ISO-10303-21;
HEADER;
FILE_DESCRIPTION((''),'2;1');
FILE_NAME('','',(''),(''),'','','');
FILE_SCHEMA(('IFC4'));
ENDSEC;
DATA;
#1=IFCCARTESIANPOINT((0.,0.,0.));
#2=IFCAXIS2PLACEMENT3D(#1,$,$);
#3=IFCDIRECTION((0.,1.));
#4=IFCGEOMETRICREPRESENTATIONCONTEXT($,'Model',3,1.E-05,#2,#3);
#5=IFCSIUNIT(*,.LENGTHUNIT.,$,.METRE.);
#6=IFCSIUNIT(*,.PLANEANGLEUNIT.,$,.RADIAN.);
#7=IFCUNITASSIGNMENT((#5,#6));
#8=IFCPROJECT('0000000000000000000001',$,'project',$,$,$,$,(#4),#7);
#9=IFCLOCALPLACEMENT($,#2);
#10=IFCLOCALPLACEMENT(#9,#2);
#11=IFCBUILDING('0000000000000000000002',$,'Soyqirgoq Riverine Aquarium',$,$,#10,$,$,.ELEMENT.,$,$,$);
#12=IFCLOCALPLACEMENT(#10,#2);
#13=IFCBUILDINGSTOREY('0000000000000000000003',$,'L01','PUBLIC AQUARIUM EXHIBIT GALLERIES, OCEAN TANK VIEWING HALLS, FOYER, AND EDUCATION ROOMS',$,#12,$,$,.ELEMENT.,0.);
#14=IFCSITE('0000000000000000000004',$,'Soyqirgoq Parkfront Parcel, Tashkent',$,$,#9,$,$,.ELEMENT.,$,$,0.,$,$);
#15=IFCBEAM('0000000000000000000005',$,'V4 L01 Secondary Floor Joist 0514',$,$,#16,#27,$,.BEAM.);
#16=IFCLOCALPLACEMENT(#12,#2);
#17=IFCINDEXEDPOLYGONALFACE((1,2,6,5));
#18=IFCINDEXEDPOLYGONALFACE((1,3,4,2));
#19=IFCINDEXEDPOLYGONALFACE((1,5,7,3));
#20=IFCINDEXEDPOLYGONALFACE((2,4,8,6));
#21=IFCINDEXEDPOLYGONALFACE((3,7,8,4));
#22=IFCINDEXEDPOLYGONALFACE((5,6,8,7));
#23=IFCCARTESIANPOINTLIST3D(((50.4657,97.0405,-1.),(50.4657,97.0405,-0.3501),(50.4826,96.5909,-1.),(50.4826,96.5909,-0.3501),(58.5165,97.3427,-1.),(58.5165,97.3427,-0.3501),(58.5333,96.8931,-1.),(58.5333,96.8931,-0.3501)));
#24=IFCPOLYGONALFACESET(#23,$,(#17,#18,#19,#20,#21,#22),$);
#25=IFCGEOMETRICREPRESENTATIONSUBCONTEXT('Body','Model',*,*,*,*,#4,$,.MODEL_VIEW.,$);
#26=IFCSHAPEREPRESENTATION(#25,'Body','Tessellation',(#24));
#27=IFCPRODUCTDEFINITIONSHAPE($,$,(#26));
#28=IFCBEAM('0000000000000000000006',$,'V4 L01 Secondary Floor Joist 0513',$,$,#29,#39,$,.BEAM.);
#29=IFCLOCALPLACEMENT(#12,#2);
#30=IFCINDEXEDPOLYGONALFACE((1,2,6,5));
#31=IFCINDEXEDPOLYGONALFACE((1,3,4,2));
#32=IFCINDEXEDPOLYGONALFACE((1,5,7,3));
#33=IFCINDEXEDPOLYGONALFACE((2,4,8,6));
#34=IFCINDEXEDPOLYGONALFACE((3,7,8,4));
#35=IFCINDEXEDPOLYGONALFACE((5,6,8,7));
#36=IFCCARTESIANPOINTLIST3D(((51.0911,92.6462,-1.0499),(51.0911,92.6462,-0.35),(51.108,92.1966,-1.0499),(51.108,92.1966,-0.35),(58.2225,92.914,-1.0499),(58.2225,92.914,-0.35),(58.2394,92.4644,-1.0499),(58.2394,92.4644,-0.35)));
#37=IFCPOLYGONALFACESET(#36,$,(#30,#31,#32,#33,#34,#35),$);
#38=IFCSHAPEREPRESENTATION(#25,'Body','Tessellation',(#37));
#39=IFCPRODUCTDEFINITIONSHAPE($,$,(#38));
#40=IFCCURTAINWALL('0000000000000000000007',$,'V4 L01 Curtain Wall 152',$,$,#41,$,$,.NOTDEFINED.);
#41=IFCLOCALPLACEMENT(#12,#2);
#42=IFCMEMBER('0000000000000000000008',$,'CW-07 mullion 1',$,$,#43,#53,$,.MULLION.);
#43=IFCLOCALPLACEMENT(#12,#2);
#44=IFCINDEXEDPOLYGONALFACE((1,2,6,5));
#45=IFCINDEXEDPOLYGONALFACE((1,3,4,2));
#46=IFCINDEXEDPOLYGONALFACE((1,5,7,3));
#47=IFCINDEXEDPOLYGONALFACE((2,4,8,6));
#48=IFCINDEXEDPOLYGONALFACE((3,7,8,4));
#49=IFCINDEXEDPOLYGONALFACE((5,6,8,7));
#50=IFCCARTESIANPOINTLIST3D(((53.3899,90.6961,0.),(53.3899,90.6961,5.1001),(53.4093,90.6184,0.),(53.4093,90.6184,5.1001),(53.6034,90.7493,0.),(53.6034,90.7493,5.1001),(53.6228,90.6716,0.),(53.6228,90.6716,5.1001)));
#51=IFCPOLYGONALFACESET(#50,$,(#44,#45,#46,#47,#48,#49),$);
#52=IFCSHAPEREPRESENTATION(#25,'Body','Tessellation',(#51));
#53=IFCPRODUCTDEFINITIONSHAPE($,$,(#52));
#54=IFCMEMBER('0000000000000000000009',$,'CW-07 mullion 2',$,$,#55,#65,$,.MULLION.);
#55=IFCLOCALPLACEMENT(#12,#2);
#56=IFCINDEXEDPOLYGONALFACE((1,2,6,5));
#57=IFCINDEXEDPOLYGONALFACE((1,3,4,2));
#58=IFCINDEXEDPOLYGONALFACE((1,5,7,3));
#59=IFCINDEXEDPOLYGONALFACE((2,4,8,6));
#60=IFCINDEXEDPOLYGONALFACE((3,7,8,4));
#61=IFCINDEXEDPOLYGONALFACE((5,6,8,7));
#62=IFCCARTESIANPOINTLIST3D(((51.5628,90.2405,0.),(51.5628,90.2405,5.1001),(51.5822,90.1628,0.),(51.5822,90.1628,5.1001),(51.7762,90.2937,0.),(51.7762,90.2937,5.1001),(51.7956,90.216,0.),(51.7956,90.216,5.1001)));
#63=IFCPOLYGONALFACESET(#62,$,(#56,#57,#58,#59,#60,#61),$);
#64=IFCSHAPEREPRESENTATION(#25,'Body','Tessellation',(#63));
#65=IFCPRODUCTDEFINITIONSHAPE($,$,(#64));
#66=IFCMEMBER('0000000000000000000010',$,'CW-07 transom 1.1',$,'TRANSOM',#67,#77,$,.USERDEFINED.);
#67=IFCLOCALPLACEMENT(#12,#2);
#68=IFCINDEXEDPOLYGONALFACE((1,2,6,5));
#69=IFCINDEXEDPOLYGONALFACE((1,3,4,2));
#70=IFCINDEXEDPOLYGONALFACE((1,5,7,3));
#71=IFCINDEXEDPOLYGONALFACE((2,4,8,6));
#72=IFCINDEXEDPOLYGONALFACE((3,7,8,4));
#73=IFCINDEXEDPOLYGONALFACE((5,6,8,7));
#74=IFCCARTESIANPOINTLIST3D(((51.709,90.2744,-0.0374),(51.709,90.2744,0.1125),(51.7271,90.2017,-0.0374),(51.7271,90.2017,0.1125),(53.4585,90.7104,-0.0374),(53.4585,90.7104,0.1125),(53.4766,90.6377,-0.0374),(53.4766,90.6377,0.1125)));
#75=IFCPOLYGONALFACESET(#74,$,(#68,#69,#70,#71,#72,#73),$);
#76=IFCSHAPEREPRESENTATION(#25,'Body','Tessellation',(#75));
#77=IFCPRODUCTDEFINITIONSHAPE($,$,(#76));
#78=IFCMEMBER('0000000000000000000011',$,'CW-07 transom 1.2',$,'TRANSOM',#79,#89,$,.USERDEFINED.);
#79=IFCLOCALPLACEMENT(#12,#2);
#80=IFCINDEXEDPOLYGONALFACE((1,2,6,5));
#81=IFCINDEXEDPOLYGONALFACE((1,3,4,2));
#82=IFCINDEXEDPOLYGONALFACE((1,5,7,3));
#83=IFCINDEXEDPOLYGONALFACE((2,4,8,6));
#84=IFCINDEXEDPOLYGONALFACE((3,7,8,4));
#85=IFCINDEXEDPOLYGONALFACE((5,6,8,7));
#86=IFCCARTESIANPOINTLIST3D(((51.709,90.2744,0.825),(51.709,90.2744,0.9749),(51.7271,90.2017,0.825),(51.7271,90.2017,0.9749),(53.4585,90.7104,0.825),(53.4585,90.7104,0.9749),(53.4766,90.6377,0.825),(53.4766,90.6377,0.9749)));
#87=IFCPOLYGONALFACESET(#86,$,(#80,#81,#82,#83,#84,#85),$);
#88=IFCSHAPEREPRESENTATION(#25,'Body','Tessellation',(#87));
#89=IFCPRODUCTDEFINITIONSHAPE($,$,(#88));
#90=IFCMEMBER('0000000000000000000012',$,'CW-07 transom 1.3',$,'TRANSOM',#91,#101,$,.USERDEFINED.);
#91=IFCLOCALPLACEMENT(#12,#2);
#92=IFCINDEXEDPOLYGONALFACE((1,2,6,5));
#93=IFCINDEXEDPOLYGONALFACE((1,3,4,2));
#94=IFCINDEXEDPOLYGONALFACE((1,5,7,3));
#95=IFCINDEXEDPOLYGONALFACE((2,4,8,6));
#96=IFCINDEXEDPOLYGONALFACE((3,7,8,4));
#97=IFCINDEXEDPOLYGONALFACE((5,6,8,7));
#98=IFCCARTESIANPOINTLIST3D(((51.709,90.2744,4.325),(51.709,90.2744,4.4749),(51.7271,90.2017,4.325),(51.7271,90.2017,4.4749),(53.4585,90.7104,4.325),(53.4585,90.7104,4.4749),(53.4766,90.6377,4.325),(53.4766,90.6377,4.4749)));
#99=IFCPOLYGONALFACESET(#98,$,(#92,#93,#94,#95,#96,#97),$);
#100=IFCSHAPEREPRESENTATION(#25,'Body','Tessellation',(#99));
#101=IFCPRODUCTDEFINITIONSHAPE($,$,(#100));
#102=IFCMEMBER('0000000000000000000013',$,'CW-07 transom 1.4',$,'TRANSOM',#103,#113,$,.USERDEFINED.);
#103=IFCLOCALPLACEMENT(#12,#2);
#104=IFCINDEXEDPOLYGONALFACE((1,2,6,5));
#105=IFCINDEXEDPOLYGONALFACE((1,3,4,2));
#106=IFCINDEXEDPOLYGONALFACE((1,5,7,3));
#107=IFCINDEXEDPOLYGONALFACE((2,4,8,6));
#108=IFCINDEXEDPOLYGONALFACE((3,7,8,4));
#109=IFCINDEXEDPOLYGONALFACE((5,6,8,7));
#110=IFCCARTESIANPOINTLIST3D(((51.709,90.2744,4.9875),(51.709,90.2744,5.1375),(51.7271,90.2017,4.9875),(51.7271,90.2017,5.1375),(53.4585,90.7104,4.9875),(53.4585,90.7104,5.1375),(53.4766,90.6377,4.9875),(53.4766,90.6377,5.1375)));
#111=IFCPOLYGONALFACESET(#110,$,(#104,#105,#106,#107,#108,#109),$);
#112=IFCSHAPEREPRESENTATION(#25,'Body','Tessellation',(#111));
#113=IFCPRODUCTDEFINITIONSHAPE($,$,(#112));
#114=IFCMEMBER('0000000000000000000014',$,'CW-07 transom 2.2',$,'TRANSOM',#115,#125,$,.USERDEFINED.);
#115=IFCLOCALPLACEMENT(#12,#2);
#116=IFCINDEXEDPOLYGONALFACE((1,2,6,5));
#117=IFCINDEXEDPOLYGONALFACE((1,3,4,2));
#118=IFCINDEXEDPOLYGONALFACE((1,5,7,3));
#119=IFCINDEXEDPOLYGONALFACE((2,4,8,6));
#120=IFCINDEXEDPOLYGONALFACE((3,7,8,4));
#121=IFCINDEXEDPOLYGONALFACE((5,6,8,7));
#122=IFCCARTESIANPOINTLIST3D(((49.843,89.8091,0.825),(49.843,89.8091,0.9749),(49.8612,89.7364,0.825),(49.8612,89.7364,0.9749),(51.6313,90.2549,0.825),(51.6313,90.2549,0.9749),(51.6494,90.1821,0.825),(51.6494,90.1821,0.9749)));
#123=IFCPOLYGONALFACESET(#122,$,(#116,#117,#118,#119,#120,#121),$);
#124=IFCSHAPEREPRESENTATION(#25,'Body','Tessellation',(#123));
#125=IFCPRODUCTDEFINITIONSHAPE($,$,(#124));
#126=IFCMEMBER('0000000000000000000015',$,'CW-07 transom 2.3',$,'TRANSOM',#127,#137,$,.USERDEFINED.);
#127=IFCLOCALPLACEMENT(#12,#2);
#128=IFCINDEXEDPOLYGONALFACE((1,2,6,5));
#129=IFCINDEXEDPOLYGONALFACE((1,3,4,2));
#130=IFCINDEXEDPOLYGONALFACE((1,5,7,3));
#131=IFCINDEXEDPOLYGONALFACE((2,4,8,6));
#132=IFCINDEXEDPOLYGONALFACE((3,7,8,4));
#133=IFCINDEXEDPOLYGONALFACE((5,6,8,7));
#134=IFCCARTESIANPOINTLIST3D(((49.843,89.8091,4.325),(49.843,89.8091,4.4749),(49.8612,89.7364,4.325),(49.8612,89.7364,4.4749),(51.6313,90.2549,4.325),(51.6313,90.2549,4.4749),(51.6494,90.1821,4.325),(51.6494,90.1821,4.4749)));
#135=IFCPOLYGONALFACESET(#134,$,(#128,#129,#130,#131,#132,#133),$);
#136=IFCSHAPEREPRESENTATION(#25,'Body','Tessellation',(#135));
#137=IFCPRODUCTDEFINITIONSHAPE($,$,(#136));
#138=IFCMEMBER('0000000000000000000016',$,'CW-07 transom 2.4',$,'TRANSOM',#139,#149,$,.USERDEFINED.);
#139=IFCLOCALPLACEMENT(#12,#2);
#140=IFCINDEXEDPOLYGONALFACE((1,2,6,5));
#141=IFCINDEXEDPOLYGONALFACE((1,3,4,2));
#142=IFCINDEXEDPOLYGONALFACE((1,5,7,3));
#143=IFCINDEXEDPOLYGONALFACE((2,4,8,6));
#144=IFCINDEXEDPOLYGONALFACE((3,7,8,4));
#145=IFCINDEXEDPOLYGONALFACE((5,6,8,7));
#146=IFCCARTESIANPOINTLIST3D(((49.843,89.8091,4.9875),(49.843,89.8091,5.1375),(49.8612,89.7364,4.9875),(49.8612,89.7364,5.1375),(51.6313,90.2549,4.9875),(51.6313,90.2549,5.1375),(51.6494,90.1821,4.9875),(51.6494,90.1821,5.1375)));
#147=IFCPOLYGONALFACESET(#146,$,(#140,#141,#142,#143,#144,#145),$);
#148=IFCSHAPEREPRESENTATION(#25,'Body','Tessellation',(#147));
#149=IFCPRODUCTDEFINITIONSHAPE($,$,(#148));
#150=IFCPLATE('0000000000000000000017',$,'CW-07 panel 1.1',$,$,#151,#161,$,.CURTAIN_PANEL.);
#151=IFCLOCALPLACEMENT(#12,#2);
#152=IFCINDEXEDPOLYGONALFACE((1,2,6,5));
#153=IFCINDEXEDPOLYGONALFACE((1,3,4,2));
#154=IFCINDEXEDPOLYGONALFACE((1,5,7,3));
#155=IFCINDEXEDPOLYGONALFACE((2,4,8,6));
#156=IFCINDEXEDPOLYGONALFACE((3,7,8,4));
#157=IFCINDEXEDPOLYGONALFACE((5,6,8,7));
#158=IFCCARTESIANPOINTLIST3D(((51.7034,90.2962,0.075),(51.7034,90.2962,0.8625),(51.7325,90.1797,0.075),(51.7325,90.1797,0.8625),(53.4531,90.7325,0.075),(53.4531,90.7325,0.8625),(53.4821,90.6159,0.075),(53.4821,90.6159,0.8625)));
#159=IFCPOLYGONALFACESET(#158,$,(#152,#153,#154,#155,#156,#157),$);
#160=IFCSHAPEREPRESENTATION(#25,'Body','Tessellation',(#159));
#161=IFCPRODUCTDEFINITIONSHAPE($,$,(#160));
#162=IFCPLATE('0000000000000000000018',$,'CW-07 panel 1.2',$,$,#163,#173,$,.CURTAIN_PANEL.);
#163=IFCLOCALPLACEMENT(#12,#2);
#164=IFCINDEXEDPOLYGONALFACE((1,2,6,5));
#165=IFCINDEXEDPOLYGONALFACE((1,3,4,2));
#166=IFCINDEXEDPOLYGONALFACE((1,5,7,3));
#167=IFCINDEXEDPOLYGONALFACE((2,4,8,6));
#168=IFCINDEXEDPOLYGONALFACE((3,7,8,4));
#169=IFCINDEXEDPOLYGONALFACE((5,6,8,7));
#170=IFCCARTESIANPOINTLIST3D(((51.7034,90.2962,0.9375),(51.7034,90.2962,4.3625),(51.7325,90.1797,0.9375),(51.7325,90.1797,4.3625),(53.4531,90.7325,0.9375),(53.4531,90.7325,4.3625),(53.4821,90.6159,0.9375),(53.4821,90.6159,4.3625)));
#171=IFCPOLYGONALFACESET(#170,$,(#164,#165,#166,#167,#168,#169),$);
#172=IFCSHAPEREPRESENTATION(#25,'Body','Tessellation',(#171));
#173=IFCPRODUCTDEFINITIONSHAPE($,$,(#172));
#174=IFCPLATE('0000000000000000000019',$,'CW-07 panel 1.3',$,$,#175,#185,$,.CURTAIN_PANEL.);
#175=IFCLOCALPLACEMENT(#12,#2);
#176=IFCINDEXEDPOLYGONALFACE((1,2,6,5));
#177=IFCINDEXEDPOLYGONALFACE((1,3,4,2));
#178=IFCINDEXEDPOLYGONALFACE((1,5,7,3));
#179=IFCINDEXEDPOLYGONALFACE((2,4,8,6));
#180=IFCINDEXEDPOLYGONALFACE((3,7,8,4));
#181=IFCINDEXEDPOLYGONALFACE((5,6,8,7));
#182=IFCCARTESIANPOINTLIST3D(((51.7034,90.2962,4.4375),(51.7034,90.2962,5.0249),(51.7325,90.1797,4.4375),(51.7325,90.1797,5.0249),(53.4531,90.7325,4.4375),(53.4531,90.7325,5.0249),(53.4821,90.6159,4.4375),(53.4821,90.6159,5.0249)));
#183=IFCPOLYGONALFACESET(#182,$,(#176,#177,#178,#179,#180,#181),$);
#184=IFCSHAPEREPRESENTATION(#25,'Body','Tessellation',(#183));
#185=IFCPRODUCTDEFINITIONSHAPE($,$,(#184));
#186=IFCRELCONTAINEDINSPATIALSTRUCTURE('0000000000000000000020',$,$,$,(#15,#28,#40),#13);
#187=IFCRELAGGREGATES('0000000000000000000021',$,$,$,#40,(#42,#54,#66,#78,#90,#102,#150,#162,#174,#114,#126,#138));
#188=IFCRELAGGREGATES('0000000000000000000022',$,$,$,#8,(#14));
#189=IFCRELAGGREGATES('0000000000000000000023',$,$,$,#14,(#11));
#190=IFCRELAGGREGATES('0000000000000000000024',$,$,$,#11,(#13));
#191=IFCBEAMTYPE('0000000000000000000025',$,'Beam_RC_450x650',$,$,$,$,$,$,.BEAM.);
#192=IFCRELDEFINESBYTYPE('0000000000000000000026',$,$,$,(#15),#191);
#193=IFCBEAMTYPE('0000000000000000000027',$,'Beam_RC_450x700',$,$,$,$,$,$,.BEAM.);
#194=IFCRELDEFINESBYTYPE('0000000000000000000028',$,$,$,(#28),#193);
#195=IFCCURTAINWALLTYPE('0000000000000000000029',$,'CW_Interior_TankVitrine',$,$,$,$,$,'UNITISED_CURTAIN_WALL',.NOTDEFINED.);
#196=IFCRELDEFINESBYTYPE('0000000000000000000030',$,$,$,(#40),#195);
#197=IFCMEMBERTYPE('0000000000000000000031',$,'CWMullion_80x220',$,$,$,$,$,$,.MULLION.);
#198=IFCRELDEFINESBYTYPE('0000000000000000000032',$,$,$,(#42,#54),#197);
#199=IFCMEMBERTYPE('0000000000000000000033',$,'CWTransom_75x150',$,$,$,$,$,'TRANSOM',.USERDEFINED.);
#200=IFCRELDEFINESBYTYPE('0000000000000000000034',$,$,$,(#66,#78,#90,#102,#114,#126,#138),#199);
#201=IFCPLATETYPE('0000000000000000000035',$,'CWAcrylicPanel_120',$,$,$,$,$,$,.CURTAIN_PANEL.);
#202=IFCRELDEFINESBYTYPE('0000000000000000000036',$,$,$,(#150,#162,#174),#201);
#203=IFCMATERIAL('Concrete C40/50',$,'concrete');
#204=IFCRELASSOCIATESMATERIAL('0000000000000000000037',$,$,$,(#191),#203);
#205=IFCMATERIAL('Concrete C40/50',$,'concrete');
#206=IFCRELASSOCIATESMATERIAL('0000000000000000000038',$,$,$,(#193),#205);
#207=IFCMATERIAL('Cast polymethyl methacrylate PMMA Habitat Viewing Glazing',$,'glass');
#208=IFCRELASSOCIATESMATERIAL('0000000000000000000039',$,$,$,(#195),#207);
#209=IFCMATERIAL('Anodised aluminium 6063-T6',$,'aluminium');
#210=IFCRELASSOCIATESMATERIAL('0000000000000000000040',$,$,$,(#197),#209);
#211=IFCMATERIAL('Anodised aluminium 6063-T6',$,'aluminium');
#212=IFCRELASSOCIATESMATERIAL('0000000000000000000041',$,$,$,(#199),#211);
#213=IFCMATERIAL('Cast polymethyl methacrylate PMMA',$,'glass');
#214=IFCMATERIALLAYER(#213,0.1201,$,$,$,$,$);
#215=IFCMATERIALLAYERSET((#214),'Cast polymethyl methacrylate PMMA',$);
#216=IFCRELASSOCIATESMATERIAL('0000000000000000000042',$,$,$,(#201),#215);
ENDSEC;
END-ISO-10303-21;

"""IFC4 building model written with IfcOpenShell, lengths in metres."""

from ifc_helpers import new_model, si_unit, direction, frame, origin, origin_2d, place, context, subcontext, project, spatial, rectangle, extrude, material, layer, layer_set, material_profile, profile_set, type_object, element, aggregate, save


model = new_model("IFC4")

# Units and contexts
model_context = context("Model", 3, precision=1e-05, world=origin(), true_north=direction((0.0, 1.0)))
body_context = subcontext(model_context, "Body", "Model", "MODEL_VIEW")
ifc_project = project(units=[si_unit("LENGTHUNIT", "METRE"), si_unit("PLANEANGLEUNIT", "RADIAN")], contexts=[model_context])

# Site, building, storey
site_placement = place(None, origin())
site = spatial("IfcSite", under=ifc_project, at=site_placement, Name="Soyqirgoq Parkfront Parcel, Tashkent", CompositionType="ELEMENT", RefElevation=0.0)
building_placement = place(site_placement, origin())
building = spatial("IfcBuilding", under=site, at=building_placement, Name="Soyqirgoq Riverine Aquarium", CompositionType="ELEMENT")
storey_placement = place(building_placement, origin())
storey = spatial("IfcBuildingStorey", under=building, at=storey_placement, Name="L01", Description="PUBLIC AQUARIUM EXHIBIT GALLERIES, OCEAN TANK VIEWING HALLS, FOYER, AND EDUCATION ROOMS", CompositionType="ELEMENT", Elevation=0.0)

# Beams
ifc_material_1 = material(Name="Concrete C40/50", Category="concrete")
ifc_material_profile_1 = material_profile(ifc_material_1, rectangle(XDim=0.45, YDim=0.6499, at=origin_2d()), Name="RC 450x650")
ifc_profile_set_1 = profile_set([ifc_material_profile_1], Name="Concrete C40/50")
beam_type_1 = type_object("IfcBeamType", Name="Beam_RC_450x650", PredefinedType="BEAM", material=ifc_profile_set_1)
beam_1_placement = place(storey_placement, frame((58.5249, 97.1179, -0.675), z_axis=(-0.999296, -0.037516, 0.0), x_axis=(0.037516, -0.999296, 0.0)))
element("IfcBeam", 1, at=beam_1_placement, inside=storey, type_object=beam_type_1, Name="V4 L01 Secondary Floor Joist 0514", PredefinedType="BEAM", context=body_context, shape_type="SweptSolid", body=[
    extrude(rectangle(XDim=0.45, YDim=0.6499, at=origin_2d()), origin(), (0.0, 0.0, 1.0), 8.0564),
])
ifc_material_2 = material(Name="Concrete C40/50", Category="concrete")
ifc_material_profile_2 = material_profile(ifc_material_2, rectangle(XDim=0.45, YDim=0.7, at=origin_2d()), Name="RC 450x700")
ifc_profile_set_2 = profile_set([ifc_material_profile_2], Name="Concrete C40/50")
beam_type_2 = type_object("IfcBeamType", Name="Beam_RC_450x700", PredefinedType="BEAM", material=ifc_profile_set_2)
beam_2_placement = place(storey_placement, frame((58.231, 92.6892, -0.7), z_axis=(-0.999296, -0.037529, 0.0), x_axis=(0.037529, -0.999296, 0.0)))
element("IfcBeam", 2, at=beam_2_placement, inside=storey, type_object=beam_type_2, Name="V4 L01 Secondary Floor Joist 0513", PredefinedType="BEAM", context=body_context, shape_type="SweptSolid", body=[
    extrude(rectangle(XDim=0.45, YDim=0.7, at=origin_2d()), origin(), (0.0, 0.0, 1.0), 7.1365),
])

# Curtain wall, members, plates
ifc_material_3 = material(Name="Cast polymethyl methacrylate PMMA Habitat Viewing Glazing", Category="glass")
curtain_wall_type = type_object("IfcCurtainWallType", Name="CW_Interior_TankVitrine", ElementType="UNITISED_CURTAIN_WALL", PredefinedType="NOTDEFINED", material=ifc_material_3)
curtain_wall_placement = place(storey_placement, origin())
curtain_wall = element("IfcCurtainWall", 3, at=curtain_wall_placement, inside=storey, type_object=curtain_wall_type, Name="V4 L01 Curtain Wall 152", PredefinedType="NOTDEFINED")
ifc_material_4 = material(Name="Anodised aluminium 6063-T6", Category="aluminium")
ifc_material_profile_3 = material_profile(ifc_material_4, rectangle(XDim=0.0801, YDim=0.22, at=origin_2d()), Name="ALU-M 80x220")
ifc_profile_set_3 = profile_set([ifc_material_profile_3], Name="Anodised aluminium 6063-T6")
member_type_1 = type_object("IfcMemberType", Name="CWMullion_80x220", PredefinedType="MULLION", material=ifc_profile_set_3)
member_1_placement = place(storey_placement, frame((53.5063, 90.6838, 0.0), z_axis=(0.0, 0.0, 1.0), x_axis=(0.241926, -0.970295, 0.0)))
member_1 = element("IfcMember", 4, at=member_1_placement, type_object=member_type_1, Name="CW-07 mullion 1", PredefinedType="MULLION", context=body_context, shape_type="SweptSolid", body=[
    extrude(rectangle(XDim=0.0801, YDim=0.22, at=origin_2d()), origin(), (0.0, 0.0, 1.0), 5.1001),
])
member_2_placement = place(storey_placement, frame((51.6792, 90.2283, 0.0), z_axis=(0.0, 0.0, 1.0), x_axis=(0.241926, -0.970295, 0.0)))
member_2 = element("IfcMember", 5, at=member_2_placement, type_object=member_type_1, Name="CW-07 mullion 2", PredefinedType="MULLION", context=body_context, shape_type="SweptSolid", body=[
    extrude(rectangle(XDim=0.0801, YDim=0.22, at=origin_2d()), origin(), (0.0, 0.0, 1.0), 5.1001),
])
ifc_material_5 = material(Name="Anodised aluminium 6063-T6", Category="aluminium")
ifc_material_profile_4 = material_profile(ifc_material_5, rectangle(XDim=0.075, YDim=0.1499, at=origin_2d()), Name="ALU-T 75x150")
ifc_profile_set_4 = profile_set([ifc_material_profile_4], Name="Anodised aluminium 6063-T6")
member_type_2 = type_object("IfcMemberType", Name="CWTransom_75x150", ElementType="TRANSOM", PredefinedType="USERDEFINED", material=ifc_profile_set_4)
member_3_placement = place(storey_placement, frame((53.4675, 90.6741, 0.0376), z_axis=(-0.970317, -0.241835, 0.0), x_axis=(0.241835, -0.970317, 0.0)))
member_3 = element("IfcMember", 6, at=member_3_placement, type_object=member_type_2, Name="CW-07 transom 1.1", ObjectType="TRANSOM", PredefinedType="USERDEFINED", context=body_context, shape_type="SweptSolid", body=[
    extrude(rectangle(XDim=0.075, YDim=0.1499, at=origin_2d()), origin(), (0.0, 0.0, 1.0), 1.803),
])
member_4_placement = place(storey_placement, frame((53.4675, 90.6741, 0.8999), z_axis=(-0.970317, -0.241835, 0.0), x_axis=(0.241835, -0.970317, 0.0)))
member_4 = element("IfcMember", 7, at=member_4_placement, type_object=member_type_2, Name="CW-07 transom 1.2", ObjectType="TRANSOM", PredefinedType="USERDEFINED", context=body_context, shape_type="SweptSolid", body=[
    extrude(rectangle(XDim=0.075, YDim=0.1499, at=origin_2d()), origin(), (0.0, 0.0, 1.0), 1.803),
])
member_5_placement = place(storey_placement, frame((53.4675, 90.6741, 4.3999), z_axis=(-0.970317, -0.241835, 0.0), x_axis=(0.241835, -0.970317, 0.0)))
member_5 = element("IfcMember", 8, at=member_5_placement, type_object=member_type_2, Name="CW-07 transom 1.3", ObjectType="TRANSOM", PredefinedType="USERDEFINED", context=body_context, shape_type="SweptSolid", body=[
    extrude(rectangle(XDim=0.075, YDim=0.1499, at=origin_2d()), origin(), (0.0, 0.0, 1.0), 1.803),
])
member_6_placement = place(storey_placement, frame((53.4675, 90.6741, 5.0625), z_axis=(-0.970317, -0.241835, 0.0), x_axis=(0.241835, -0.970317, 0.0)))
member_6 = element("IfcMember", 9, at=member_6_placement, type_object=member_type_2, Name="CW-07 transom 1.4", ObjectType="TRANSOM", PredefinedType="USERDEFINED", context=body_context, shape_type="SweptSolid", body=[
    extrude(rectangle(XDim=0.075, YDim=0.1499, at=origin_2d()), origin(), (0.0, 0.0, 1.0), 1.803),
])
member_7_placement = place(storey_placement, frame((51.6404, 90.2185, 0.8999), z_axis=(-0.970306, -0.241881, 0.0), x_axis=(0.241881, -0.970306, 0.0)))
member_7 = element("IfcMember", 10, at=member_7_placement, type_object=member_type_2, Name="CW-07 transom 2.2", ObjectType="TRANSOM", PredefinedType="USERDEFINED", context=body_context, shape_type="SweptSolid", body=[
    extrude(rectangle(XDim=0.075, YDim=0.1499, at=origin_2d()), origin(), (0.0, 0.0, 1.0), 1.843),
])
member_8_placement = place(storey_placement, frame((51.6404, 90.2185, 4.3999), z_axis=(-0.970306, -0.241881, 0.0), x_axis=(0.241881, -0.970306, 0.0)))
member_8 = element("IfcMember", 11, at=member_8_placement, type_object=member_type_2, Name="CW-07 transom 2.3", ObjectType="TRANSOM", PredefinedType="USERDEFINED", context=body_context, shape_type="SweptSolid", body=[
    extrude(rectangle(XDim=0.075, YDim=0.1499, at=origin_2d()), origin(), (0.0, 0.0, 1.0), 1.843),
])
member_9_placement = place(storey_placement, frame((51.6404, 90.2185, 5.0625), z_axis=(-0.970306, -0.241881, 0.0), x_axis=(0.241881, -0.970306, 0.0)))
member_9 = element("IfcMember", 12, at=member_9_placement, type_object=member_type_2, Name="CW-07 transom 2.4", ObjectType="TRANSOM", PredefinedType="USERDEFINED", context=body_context, shape_type="SweptSolid", body=[
    extrude(rectangle(XDim=0.075, YDim=0.1499, at=origin_2d()), origin(), (0.0, 0.0, 1.0), 1.843),
])
ifc_material_6 = material(Name="Cast polymethyl methacrylate PMMA", Category="glass")
ifc_layer_1 = layer(ifc_material_6, 0.1201)
ifc_layer_set_1 = layer_set([ifc_layer_1], Name="Cast polymethyl methacrylate PMMA")
plate_type = type_object("IfcPlateType", Name="CWAcrylicPanel_120", PredefinedType="CURTAIN_PANEL", material=ifc_layer_set_1)
plate_1_placement = place(storey_placement, frame((52.5928, 90.4561, 0.075), z_axis=(0.0, 0.0, 1.0), x_axis=(-0.970295, -0.241926, 0.0)))
plate_1 = element("IfcPlate", 13, at=plate_1_placement, type_object=plate_type, Name="CW-07 panel 1.1", PredefinedType="CURTAIN_PANEL", context=body_context, shape_type="SweptSolid", body=[
    extrude(rectangle(XDim=1.8032, YDim=0.1201, at=origin_2d()), origin(), (0.0, 0.0, 1.0), 0.7876),
])
plate_2_placement = place(storey_placement, frame((52.5928, 90.4561, 0.9375), z_axis=(0.0, 0.0, 1.0), x_axis=(-0.970295, -0.241926, 0.0)))
plate_2 = element("IfcPlate", 14, at=plate_2_placement, type_object=plate_type, Name="CW-07 panel 1.2", PredefinedType="CURTAIN_PANEL", context=body_context, shape_type="SweptSolid", body=[
    extrude(rectangle(XDim=1.8032, YDim=0.1201, at=origin_2d()), origin(), (0.0, 0.0, 1.0), 3.425),
])
plate_3_placement = place(storey_placement, frame((52.5928, 90.4561, 4.4375), z_axis=(0.0, 0.0, 1.0), x_axis=(-0.970295, -0.241926, 0.0)))
plate_3 = element("IfcPlate", 15, at=plate_3_placement, type_object=plate_type, Name="CW-07 panel 1.3", PredefinedType="CURTAIN_PANEL", context=body_context, shape_type="SweptSolid", body=[
    extrude(rectangle(XDim=1.8032, YDim=0.1201, at=origin_2d()), origin(), (0.0, 0.0, 1.0), 0.5874),
])
aggregate(curtain_wall, [member_1, member_2, member_3, member_4, member_5, member_6, plate_1, plate_2, plate_3, member_7, member_8, member_9])

save(model, "model.ifc")
